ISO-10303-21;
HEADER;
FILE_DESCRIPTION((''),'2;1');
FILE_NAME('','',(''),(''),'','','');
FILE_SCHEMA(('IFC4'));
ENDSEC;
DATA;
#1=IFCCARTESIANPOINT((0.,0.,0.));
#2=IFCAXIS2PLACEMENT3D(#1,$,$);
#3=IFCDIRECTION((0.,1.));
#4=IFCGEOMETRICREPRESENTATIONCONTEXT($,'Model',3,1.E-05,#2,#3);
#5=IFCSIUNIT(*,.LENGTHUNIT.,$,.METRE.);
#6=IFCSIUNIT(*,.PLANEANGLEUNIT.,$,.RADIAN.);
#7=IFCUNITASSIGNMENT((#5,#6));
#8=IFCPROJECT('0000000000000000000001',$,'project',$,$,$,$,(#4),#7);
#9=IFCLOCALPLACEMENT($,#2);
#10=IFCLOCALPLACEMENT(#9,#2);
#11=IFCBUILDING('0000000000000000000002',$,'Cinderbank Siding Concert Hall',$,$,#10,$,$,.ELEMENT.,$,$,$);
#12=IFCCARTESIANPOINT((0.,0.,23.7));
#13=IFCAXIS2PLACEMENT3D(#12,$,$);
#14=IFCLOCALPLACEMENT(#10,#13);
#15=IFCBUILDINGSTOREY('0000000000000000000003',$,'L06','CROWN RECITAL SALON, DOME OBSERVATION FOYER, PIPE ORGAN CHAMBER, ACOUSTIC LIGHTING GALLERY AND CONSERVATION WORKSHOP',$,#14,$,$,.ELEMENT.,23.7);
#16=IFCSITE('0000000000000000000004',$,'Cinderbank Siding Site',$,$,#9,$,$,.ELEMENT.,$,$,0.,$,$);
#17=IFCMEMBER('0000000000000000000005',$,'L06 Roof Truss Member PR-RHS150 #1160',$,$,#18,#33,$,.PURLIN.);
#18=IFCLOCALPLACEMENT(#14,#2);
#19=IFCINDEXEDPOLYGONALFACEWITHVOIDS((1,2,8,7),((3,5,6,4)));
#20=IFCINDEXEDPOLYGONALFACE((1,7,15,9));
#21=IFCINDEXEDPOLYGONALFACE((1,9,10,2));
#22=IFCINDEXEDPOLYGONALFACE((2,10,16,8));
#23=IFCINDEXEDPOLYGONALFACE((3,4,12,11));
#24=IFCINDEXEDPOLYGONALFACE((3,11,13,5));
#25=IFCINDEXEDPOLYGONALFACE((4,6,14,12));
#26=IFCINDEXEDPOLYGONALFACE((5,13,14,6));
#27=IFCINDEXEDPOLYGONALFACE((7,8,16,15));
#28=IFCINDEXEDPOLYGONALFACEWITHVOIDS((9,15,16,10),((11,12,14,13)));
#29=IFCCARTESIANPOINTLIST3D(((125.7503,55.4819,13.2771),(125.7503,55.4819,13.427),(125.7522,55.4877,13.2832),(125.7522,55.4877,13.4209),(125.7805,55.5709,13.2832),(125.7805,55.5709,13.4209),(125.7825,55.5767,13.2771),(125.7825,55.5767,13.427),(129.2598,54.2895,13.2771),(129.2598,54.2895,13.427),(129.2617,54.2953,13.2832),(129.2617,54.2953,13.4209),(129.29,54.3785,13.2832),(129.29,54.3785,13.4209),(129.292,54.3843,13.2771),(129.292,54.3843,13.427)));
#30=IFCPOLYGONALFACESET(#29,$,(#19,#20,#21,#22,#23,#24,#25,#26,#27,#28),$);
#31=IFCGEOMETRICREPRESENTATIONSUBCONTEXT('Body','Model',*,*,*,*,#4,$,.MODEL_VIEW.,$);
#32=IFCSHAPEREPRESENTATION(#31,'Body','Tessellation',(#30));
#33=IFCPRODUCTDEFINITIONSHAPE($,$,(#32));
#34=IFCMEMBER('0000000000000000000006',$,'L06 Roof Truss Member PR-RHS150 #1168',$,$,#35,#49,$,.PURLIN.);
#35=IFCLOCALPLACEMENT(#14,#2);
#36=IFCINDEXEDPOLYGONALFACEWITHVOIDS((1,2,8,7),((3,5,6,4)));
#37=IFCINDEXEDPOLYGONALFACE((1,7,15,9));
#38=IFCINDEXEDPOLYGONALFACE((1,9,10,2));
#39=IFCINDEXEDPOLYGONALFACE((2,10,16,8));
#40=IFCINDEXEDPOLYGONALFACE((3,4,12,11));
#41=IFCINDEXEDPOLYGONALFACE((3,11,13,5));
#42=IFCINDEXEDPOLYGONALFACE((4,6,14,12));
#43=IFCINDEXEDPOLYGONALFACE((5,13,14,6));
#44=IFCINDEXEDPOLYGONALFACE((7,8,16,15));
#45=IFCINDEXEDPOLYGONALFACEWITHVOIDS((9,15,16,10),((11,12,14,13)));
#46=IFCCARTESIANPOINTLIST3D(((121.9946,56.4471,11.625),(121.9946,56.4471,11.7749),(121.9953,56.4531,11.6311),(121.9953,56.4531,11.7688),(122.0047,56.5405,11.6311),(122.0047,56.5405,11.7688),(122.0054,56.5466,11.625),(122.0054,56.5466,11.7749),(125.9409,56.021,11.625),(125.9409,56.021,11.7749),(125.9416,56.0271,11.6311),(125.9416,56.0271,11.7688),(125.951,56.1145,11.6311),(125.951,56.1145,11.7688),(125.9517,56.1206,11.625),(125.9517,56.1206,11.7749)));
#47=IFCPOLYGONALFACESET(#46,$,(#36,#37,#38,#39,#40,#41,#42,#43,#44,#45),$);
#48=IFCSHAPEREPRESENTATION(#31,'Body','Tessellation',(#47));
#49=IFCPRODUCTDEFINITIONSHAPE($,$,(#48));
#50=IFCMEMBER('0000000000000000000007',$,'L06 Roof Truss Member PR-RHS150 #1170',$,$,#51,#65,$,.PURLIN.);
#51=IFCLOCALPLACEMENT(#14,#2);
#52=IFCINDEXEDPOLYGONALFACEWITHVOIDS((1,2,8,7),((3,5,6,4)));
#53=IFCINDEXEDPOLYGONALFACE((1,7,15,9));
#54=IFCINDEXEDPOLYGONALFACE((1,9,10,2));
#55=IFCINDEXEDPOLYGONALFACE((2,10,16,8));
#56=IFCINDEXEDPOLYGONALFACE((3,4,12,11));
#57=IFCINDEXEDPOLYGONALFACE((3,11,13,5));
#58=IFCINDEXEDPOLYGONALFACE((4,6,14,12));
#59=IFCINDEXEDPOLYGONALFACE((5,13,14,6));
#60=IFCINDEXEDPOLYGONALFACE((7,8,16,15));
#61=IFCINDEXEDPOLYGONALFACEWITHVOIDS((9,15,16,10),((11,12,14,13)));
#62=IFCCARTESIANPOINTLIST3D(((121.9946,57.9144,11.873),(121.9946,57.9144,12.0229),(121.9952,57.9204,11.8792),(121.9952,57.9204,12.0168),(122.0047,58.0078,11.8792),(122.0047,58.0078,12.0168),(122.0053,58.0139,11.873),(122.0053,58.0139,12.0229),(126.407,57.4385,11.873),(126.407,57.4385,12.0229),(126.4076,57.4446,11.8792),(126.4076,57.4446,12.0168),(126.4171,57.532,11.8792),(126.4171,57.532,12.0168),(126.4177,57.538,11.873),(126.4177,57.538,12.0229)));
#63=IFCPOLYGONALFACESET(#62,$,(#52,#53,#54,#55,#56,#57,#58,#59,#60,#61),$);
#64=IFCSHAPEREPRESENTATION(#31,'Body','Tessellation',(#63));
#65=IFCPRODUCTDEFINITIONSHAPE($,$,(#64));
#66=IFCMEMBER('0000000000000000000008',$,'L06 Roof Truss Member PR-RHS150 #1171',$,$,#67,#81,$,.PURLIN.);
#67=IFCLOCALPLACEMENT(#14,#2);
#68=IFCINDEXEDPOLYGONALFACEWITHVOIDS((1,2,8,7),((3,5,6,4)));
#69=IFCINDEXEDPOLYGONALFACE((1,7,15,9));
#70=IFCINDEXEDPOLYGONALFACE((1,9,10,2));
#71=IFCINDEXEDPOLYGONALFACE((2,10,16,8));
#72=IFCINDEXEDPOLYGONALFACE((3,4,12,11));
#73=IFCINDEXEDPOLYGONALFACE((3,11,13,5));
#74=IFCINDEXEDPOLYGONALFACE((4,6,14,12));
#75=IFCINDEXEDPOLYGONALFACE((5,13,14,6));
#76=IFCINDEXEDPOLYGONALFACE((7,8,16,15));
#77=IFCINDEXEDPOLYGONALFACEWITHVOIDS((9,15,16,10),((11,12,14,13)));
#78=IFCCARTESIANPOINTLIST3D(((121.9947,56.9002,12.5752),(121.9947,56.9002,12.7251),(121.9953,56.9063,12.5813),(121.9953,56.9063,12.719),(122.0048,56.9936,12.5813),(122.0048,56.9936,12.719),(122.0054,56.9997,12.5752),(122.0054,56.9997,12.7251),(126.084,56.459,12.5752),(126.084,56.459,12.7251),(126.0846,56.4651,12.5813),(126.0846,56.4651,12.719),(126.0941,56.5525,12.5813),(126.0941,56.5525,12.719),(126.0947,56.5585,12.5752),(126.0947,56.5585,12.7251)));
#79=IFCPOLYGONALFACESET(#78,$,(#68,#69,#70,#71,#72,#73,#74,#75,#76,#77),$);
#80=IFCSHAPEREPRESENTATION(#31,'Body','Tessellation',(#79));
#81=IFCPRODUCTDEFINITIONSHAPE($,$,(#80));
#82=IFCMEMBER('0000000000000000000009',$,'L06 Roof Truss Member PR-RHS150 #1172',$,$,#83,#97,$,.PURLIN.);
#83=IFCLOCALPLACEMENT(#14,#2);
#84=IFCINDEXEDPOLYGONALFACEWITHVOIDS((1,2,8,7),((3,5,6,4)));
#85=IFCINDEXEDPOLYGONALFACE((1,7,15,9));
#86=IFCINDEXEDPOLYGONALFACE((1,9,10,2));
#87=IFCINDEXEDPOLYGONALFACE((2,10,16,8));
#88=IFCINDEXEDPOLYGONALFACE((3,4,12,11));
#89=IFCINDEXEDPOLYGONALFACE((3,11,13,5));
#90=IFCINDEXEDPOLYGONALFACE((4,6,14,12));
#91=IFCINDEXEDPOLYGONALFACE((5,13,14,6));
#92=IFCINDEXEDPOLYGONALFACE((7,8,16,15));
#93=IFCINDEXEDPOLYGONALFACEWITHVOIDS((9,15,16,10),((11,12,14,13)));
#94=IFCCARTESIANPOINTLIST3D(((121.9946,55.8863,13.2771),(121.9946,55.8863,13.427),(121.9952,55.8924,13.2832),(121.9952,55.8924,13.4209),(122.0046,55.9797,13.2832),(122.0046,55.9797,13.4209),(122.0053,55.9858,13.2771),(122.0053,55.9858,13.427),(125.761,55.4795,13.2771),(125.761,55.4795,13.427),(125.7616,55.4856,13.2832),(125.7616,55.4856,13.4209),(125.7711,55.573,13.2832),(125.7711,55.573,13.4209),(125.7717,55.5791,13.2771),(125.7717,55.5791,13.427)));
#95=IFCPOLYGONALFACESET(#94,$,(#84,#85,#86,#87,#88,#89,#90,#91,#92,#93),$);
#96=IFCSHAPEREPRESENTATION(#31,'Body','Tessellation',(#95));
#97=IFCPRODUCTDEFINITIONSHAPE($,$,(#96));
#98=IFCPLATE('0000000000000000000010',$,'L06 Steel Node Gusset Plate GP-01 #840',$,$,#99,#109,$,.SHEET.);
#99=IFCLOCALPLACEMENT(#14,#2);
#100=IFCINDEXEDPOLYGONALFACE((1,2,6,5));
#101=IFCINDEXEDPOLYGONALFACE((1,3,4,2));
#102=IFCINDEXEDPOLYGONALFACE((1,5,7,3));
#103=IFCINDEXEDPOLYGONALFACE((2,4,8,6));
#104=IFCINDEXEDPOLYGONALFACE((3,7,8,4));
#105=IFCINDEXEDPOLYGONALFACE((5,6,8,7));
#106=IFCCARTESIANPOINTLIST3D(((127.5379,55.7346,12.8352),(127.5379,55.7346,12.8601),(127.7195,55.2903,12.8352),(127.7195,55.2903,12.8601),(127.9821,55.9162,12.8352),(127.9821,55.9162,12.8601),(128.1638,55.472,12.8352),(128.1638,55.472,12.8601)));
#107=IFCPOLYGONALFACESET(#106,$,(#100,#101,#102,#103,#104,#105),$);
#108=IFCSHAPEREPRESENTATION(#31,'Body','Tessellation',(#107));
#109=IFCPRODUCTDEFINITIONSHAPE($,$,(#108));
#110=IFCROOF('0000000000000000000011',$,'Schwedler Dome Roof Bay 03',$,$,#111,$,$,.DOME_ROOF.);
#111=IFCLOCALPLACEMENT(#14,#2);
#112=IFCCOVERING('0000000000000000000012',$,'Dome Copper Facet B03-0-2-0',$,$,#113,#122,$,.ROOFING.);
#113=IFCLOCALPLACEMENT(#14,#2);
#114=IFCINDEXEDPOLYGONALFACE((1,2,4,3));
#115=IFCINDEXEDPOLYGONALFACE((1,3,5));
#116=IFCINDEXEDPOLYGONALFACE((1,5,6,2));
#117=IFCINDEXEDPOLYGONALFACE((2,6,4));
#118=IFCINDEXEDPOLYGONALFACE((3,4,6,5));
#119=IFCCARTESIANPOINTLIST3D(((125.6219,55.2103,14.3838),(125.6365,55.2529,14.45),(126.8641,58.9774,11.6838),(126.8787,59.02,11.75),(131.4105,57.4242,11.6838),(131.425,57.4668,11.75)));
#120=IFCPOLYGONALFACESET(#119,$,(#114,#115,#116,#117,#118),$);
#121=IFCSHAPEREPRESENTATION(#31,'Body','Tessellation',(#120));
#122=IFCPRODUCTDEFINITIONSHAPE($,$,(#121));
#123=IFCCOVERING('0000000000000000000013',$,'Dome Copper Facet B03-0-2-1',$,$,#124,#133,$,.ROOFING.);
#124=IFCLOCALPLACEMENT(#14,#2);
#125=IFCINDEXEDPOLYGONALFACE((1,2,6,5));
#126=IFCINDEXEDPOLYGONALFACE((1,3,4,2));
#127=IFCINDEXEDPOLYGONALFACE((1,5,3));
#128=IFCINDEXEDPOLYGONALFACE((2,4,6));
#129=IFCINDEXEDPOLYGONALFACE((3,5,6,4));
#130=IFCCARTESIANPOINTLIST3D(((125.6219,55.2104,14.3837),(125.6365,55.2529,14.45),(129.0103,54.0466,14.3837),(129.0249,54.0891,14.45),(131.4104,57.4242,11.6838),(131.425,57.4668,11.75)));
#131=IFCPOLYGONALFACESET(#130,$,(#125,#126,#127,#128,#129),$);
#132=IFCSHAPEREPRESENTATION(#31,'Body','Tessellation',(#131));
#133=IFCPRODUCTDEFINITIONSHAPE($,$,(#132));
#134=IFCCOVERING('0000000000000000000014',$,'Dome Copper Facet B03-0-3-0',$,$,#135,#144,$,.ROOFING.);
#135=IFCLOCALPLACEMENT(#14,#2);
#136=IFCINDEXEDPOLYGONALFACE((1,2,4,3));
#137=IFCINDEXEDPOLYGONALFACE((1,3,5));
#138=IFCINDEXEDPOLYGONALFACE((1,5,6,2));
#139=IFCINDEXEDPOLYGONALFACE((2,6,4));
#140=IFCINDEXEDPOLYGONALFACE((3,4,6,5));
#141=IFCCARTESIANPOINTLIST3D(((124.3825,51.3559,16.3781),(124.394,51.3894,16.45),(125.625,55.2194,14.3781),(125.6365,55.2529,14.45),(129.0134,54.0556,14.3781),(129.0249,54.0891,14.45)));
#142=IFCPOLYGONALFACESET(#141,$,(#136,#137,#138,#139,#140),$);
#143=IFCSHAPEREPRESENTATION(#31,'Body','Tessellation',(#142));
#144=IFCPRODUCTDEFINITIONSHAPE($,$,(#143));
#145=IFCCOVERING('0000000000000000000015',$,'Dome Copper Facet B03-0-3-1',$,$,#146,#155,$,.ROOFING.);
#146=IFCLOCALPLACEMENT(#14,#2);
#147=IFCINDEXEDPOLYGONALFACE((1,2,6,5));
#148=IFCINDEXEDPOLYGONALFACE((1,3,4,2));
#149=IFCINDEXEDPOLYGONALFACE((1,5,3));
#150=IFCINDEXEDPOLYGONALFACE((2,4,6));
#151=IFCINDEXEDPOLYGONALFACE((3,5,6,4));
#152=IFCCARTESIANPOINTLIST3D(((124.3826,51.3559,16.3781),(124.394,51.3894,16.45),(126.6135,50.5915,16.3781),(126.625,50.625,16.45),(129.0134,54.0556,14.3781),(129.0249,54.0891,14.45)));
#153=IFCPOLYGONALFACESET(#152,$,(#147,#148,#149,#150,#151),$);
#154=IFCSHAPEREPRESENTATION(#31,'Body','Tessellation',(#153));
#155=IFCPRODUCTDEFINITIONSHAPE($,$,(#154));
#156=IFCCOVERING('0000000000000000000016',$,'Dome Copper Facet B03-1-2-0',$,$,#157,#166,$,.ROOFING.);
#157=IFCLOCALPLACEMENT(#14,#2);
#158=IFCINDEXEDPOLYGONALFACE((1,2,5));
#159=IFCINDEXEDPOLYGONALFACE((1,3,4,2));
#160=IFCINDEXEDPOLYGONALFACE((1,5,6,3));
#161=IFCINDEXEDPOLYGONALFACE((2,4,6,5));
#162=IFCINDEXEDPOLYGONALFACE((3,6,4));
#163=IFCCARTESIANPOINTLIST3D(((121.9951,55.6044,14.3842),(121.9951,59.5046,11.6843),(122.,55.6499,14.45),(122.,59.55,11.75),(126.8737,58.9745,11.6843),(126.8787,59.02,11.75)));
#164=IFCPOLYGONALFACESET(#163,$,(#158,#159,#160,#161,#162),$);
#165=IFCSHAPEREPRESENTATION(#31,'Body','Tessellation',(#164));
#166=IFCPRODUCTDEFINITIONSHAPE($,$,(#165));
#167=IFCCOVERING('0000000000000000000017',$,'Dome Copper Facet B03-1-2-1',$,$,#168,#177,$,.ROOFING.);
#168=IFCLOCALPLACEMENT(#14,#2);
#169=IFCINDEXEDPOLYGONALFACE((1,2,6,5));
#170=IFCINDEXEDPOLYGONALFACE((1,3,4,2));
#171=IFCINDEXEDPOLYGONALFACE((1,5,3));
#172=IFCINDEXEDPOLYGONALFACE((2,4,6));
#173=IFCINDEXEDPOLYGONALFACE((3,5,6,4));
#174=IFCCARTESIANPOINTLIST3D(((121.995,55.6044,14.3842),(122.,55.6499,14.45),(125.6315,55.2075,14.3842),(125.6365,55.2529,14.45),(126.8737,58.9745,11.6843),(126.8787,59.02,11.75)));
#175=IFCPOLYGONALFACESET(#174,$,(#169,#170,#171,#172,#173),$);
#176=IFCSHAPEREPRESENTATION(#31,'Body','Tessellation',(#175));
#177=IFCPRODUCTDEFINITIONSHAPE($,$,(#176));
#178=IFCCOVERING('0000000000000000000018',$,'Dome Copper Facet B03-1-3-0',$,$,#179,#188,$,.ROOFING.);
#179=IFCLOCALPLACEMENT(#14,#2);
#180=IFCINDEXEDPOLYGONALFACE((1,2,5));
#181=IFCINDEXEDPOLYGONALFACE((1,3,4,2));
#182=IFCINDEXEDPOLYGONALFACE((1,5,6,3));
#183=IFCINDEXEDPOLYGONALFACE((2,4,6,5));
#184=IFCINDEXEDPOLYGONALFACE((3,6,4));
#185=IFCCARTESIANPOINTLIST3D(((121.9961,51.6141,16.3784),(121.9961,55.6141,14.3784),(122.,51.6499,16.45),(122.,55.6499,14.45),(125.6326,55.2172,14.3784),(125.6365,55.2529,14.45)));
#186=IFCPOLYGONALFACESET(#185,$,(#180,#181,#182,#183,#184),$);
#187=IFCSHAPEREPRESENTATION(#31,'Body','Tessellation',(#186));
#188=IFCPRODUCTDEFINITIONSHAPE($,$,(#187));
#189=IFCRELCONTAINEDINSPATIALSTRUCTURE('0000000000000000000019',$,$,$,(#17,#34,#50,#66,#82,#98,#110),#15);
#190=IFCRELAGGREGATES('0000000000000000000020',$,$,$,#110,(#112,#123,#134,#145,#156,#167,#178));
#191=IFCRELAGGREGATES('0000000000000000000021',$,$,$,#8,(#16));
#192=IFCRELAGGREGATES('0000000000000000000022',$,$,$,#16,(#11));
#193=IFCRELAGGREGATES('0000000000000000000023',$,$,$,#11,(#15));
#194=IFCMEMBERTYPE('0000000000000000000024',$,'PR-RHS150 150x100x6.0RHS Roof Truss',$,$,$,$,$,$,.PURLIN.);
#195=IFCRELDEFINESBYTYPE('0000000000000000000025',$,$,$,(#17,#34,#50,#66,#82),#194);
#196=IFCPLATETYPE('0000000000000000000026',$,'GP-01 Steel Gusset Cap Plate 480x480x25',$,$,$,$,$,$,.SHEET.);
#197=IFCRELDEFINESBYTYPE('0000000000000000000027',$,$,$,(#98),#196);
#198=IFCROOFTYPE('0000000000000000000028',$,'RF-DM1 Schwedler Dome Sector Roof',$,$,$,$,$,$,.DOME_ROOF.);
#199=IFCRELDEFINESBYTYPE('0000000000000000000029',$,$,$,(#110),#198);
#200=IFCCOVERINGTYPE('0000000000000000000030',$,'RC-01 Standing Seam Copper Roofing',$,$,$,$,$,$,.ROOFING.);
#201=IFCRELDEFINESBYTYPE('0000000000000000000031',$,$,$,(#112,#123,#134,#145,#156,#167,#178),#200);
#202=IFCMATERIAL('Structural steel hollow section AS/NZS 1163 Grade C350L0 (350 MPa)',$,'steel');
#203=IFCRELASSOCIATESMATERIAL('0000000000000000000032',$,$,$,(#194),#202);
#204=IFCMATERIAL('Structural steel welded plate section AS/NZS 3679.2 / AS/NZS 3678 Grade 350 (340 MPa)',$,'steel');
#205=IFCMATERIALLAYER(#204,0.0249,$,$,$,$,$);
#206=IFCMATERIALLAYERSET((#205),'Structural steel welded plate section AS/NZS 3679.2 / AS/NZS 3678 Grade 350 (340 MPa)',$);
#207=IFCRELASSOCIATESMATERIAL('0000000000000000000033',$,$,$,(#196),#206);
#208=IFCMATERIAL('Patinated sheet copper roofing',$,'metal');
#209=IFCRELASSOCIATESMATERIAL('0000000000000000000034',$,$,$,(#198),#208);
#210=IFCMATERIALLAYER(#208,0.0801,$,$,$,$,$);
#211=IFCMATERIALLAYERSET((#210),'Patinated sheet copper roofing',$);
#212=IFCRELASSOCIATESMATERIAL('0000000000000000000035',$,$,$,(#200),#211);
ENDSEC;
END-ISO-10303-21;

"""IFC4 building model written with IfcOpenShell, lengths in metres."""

from ifc_helpers import new_model, si_unit, direction, frame, origin, origin_2d, place, context, subcontext, project, spatial, polyline, rectangle, hollow_rectangle, outline, extrude, material, layer, layer_set, material_profile, profile_set, type_object, element, aggregate, save


model = new_model("IFC4")

# Units and contexts
model_context = context("Model", 3, precision=1e-05, world=origin(), true_north=direction((0.0, 1.0)))
body_context = subcontext(model_context, "Body", "Model", "MODEL_VIEW")
ifc_project = project(units=[si_unit("LENGTHUNIT", "METRE"), si_unit("PLANEANGLEUNIT", "RADIAN")], contexts=[model_context])

# Site, building, storey
site_placement = place(None, origin())
site = spatial("IfcSite", under=ifc_project, at=site_placement, Name="Cinderbank Siding Site", CompositionType="ELEMENT", RefElevation=0.0)
building_placement = place(site_placement, origin())
building = spatial("IfcBuilding", under=site, at=building_placement, Name="Cinderbank Siding Concert Hall", CompositionType="ELEMENT")
storey_placement = place(building_placement, frame((0.0, 0.0, 23.7)))
storey = spatial("IfcBuildingStorey", under=building, at=storey_placement, Name="L06", Description="CROWN RECITAL SALON, DOME OBSERVATION FOYER, PIPE ORGAN CHAMBER, ACOUSTIC LIGHTING GALLERY AND CONSERVATION WORKSHOP", CompositionType="ELEMENT", Elevation=23.7)

# Members
ifc_material_1 = material(Name="Structural steel hollow section AS/NZS 1163 Grade C350L0 (350 MPa)", Category="steel")
ifc_material_profile_1 = material_profile(ifc_material_1, hollow_rectangle(XDim=0.1001, YDim=0.1499, WallThickness=0.0061, at=origin_2d()), Name="150x100x6.0RHS", Category="LoadBearing")
ifc_profile_set_1 = profile_set([ifc_material_profile_1], Name="Structural steel hollow section AS/NZS 1163 Grade C350L0 (350 MPa)")
member_type_1 = type_object("IfcMemberType", Name="PR-RHS150 150x100x6.0RHS Roof Truss", PredefinedType="PURLIN", material=ifc_profile_set_1)
member_1_placement = place(storey_placement, frame((129.2759, 54.3369, 13.3521), z_axis=(-0.946843, 0.321696, 0.0), x_axis=(-0.321696, -0.946843, 0.0)))
element("IfcMember", 1, at=member_1_placement, inside=storey, type_object=member_type_1, Name="L06 Roof Truss Member PR-RHS150 #1160", PredefinedType="PURLIN", context=body_context, shape_type="SweptSolid", body=[
    extrude(hollow_rectangle(XDim=0.1001, YDim=0.1499, WallThickness=0.0061, at=origin_2d()), origin(), (0.0, 0.0, 1.0), 3.7065),
])
member_2_placement = place(storey_placement, frame((125.9463, 56.0708, 11.7), z_axis=(-0.994223, 0.107332, 0.0), x_axis=(-0.107332, -0.994223, 0.0)))
element("IfcMember", 2, at=member_2_placement, inside=storey, type_object=member_type_1, Name="L06 Roof Truss Member PR-RHS150 #1168", PredefinedType="PURLIN", context=body_context, shape_type="SweptSolid", body=[
    extrude(hollow_rectangle(XDim=0.1001, YDim=0.1499, WallThickness=0.0061, at=origin_2d()), origin(), (0.0, 0.0, 1.0), 3.9692),
])
member_3_placement = place(storey_placement, frame((126.4124, 57.4883, 11.948), z_axis=(-0.994235, 0.107219, 0.0), x_axis=(-0.107219, -0.994235, 0.0)))
element("IfcMember", 3, at=member_3_placement, inside=storey, type_object=member_type_1, Name="L06 Roof Truss Member PR-RHS150 #1170", PredefinedType="PURLIN", context=body_context, shape_type="SweptSolid", body=[
    extrude(hollow_rectangle(XDim=0.1001, YDim=0.1499, WallThickness=0.0061, at=origin_2d()), origin(), (0.0, 0.0, 1.0), 4.438),
])
member_4_placement = place(storey_placement, frame((126.0894, 56.5088, 12.6501), z_axis=(-0.994231, 0.107258, 0.0), x_axis=(-0.107258, -0.994231, 0.0)))
element("IfcMember", 4, at=member_4_placement, inside=storey, type_object=member_type_1, Name="L06 Roof Truss Member PR-RHS150 #1171", PredefinedType="PURLIN", context=body_context, shape_type="SweptSolid", body=[
    extrude(hollow_rectangle(XDim=0.1001, YDim=0.1499, WallThickness=0.0061, at=origin_2d()), origin(), (0.0, 0.0, 1.0), 4.113),
])
member_5_placement = place(storey_placement, frame((125.7664, 55.5293, 13.3521), z_axis=(-0.994219, 0.107368, 0.0), x_axis=(-0.107368, -0.994219, 0.0)))
element("IfcMember", 5, at=member_5_placement, inside=storey, type_object=member_type_1, Name="L06 Roof Truss Member PR-RHS150 #1172", PredefinedType="PURLIN", context=body_context, shape_type="SweptSolid", body=[
    extrude(hollow_rectangle(XDim=0.1001, YDim=0.1499, WallThickness=0.0061, at=origin_2d()), origin(), (0.0, 0.0, 1.0), 3.7883),
])

# Plate
ifc_material_2 = material(Name="Structural steel welded plate section AS/NZS 3679.2 / AS/NZS 3678 Grade 350 (340 MPa)", Category="steel")
ifc_layer_1 = layer(ifc_material_2, 0.0249)
ifc_layer_set_1 = layer_set([ifc_layer_1], Name="Structural steel welded plate section AS/NZS 3679.2 / AS/NZS 3678 Grade 350 (340 MPa)")
plate_type = type_object("IfcPlateType", Name="GP-01 Steel Gusset Cap Plate 480x480x25", PredefinedType="SHEET", material=ifc_layer_set_1)
plate_placement = place(storey_placement, frame((127.8508, 55.6033, 12.8352), z_axis=(0.0, 0.0, 1.0), x_axis=(0.378487, -0.925607, 0.0)))
element("IfcPlate", 6, at=plate_placement, inside=storey, type_object=plate_type, Name="L06 Steel Node Gusset Plate GP-01 #840", PredefinedType="SHEET", context=body_context, shape_type="SweptSolid", body=[
    extrude(rectangle(XDim=0.48, YDim=0.48, at=origin_2d()), origin(), (0.0, 0.0, 1.0), 0.0249),
])

# Roof, coverings
ifc_material_3 = material(Name="Patinated sheet copper roofing", Category="metal")
roof_type = type_object("IfcRoofType", Name="RF-DM1 Schwedler Dome Sector Roof", PredefinedType="DOME_ROOF", material=ifc_material_3)
roof_placement = place(storey_placement, origin())
roof = element("IfcRoof", 7, at=roof_placement, inside=storey, type_object=roof_type, Name="Schwedler Dome Roof Bay 03", PredefinedType="DOME_ROOF")
ifc_layer_2 = layer(ifc_material_3, 0.0801)
ifc_layer_set_2 = layer_set([ifc_layer_2], Name="Patinated sheet copper roofing")
covering_type = type_object("IfcCoveringType", Name="RC-01 Standing Seam Copper Roofing", PredefinedType="ROOFING", material=ifc_layer_set_2)
covering_1_placement = place(storey_placement, frame((131.425, 57.4668, 11.75), z_axis=(0.18192, 0.532492, 0.826654), x_axis=(-0.946299, 0.323293, 0.0)))
covering_1 = element("IfcCovering", 8, at=covering_1_placement, type_object=covering_type, Name="Dome Copper Facet B03-0-2-0", PredefinedType="ROOFING", context=body_context, shape_type="SweptSolid", body=[
    extrude(outline(polyline([(0.0, 0.0), (4.8044, 0.0), (4.762, 4.7981), (0.0, 0.0)])), origin(), (0.0, 0.0, -1.0), 0.0801),
])
covering_2_placement = place(storey_placement, frame((131.425, 57.4668, 11.75), z_axis=(0.182547, 0.53148, 0.827167), x_axis=(-0.856289, -0.327492, 0.399397)))
covering_2 = element("IfcCovering", 9, at=covering_2_placement, type_object=covering_type, Name="Dome Copper Facet B03-0-2-1", PredefinedType="ROOFING", context=body_context, shape_type="SweptSolid", body=[
    extrude(outline(polyline([(0.0, 0.0), (6.7601, 0.0), (4.2397, 2.5463), (0.0, 0.0)])), origin(), (0.0, 0.0, -1.0), 0.0801),
])
covering_3_placement = place(storey_placement, frame((129.0249, 54.0891, 14.45), z_axis=(0.143617, 0.418137, 0.896959), x_axis=(-0.945768, 0.324842, 0.0)))
covering_3 = element("IfcCovering", 10, at=covering_3_placement, type_object=covering_type, Name="Dome Copper Facet B03-0-3-0", PredefinedType="ROOFING", context=body_context, shape_type="SweptSolid", body=[
    extrude(outline(polyline([(0.0, 0.0), (3.5827, 0.0), (3.5027, 4.5237), (0.0, 0.0)])), origin(), (0.0, 0.0, -1.0), 0.0801),
])
covering_4_placement = place(storey_placement, frame((129.0249, 54.0891, 14.45), z_axis=(0.143379, 0.418461, 0.896846), x_axis=(-0.809407, -0.471869, 0.349571)))
covering_4 = element("IfcCovering", 11, at=covering_4_placement, type_object=covering_type, Name="Dome Copper Facet B03-0-3-1", PredefinedType="ROOFING", context=body_context, shape_type="SweptSolid", body=[
    extrude(outline(polyline([(0.0, 0.0), (5.7213, 0.0), (4.2762, 1.8637), (0.0, 0.0)])), origin(), (0.0, 0.0, -1.0), 0.0801),
])
covering_5_placement = place(storey_placement, frame((126.8787, 59.02, 11.75), z_axis=(0.06172, 0.568103, 0.820639), x_axis=(-0.99415, 0.108007, 0.0)))
covering_5 = element("IfcCovering", 12, at=covering_5_placement, type_object=covering_type, Name="Dome Copper Facet B03-1-2-0", PredefinedType="ROOFING", context=body_context, shape_type="SweptSolid", body=[
    extrude(outline(polyline([(0.0, 0.0), (4.9074, 0.0), (4.4861, 4.7248), (0.0, 0.0)])), origin(), (0.0, 0.0, -1.0), 0.0801),
])
covering_6_placement = place(storey_placement, frame((126.8787, 59.02, 11.75), z_axis=(0.061988, 0.567843, 0.820799), x_axis=(-0.748804, -0.517264, 0.414403)))
covering_6 = element("IfcCovering", 13, at=covering_6_placement, type_object=covering_type, Name="Dome Copper Facet B03-1-2-1", PredefinedType="ROOFING", context=body_context, shape_type="SweptSolid", body=[
    extrude(outline(polyline([(0.0, 0.0), (6.5153, 0.0), (3.9976, 2.6538), (0.0, 0.0)])), origin(), (0.0, 0.0, -1.0), 0.0801),
])
covering_7_placement = place(storey_placement, frame((125.6365, 55.2529, 14.45), z_axis=(0.048762, 0.446682, 0.893363), x_axis=(-0.994094, 0.108519, 0.0)))
covering_7 = element("IfcCovering", 14, at=covering_7_placement, type_object=covering_type, Name="Dome Copper Facet B03-1-3-0", PredefinedType="ROOFING", context=body_context, shape_type="SweptSolid", body=[
    extrude(outline(polyline([(0.0, 0.0), (3.6581, 0.0), (3.224, 4.451), (0.0, 0.0)])), origin(), (0.0, 0.0, -1.0), 0.0801),
])
aggregate(roof, [covering_1, covering_2, covering_3, covering_4, covering_5, covering_6, covering_7])

save(model, "model.ifc")
